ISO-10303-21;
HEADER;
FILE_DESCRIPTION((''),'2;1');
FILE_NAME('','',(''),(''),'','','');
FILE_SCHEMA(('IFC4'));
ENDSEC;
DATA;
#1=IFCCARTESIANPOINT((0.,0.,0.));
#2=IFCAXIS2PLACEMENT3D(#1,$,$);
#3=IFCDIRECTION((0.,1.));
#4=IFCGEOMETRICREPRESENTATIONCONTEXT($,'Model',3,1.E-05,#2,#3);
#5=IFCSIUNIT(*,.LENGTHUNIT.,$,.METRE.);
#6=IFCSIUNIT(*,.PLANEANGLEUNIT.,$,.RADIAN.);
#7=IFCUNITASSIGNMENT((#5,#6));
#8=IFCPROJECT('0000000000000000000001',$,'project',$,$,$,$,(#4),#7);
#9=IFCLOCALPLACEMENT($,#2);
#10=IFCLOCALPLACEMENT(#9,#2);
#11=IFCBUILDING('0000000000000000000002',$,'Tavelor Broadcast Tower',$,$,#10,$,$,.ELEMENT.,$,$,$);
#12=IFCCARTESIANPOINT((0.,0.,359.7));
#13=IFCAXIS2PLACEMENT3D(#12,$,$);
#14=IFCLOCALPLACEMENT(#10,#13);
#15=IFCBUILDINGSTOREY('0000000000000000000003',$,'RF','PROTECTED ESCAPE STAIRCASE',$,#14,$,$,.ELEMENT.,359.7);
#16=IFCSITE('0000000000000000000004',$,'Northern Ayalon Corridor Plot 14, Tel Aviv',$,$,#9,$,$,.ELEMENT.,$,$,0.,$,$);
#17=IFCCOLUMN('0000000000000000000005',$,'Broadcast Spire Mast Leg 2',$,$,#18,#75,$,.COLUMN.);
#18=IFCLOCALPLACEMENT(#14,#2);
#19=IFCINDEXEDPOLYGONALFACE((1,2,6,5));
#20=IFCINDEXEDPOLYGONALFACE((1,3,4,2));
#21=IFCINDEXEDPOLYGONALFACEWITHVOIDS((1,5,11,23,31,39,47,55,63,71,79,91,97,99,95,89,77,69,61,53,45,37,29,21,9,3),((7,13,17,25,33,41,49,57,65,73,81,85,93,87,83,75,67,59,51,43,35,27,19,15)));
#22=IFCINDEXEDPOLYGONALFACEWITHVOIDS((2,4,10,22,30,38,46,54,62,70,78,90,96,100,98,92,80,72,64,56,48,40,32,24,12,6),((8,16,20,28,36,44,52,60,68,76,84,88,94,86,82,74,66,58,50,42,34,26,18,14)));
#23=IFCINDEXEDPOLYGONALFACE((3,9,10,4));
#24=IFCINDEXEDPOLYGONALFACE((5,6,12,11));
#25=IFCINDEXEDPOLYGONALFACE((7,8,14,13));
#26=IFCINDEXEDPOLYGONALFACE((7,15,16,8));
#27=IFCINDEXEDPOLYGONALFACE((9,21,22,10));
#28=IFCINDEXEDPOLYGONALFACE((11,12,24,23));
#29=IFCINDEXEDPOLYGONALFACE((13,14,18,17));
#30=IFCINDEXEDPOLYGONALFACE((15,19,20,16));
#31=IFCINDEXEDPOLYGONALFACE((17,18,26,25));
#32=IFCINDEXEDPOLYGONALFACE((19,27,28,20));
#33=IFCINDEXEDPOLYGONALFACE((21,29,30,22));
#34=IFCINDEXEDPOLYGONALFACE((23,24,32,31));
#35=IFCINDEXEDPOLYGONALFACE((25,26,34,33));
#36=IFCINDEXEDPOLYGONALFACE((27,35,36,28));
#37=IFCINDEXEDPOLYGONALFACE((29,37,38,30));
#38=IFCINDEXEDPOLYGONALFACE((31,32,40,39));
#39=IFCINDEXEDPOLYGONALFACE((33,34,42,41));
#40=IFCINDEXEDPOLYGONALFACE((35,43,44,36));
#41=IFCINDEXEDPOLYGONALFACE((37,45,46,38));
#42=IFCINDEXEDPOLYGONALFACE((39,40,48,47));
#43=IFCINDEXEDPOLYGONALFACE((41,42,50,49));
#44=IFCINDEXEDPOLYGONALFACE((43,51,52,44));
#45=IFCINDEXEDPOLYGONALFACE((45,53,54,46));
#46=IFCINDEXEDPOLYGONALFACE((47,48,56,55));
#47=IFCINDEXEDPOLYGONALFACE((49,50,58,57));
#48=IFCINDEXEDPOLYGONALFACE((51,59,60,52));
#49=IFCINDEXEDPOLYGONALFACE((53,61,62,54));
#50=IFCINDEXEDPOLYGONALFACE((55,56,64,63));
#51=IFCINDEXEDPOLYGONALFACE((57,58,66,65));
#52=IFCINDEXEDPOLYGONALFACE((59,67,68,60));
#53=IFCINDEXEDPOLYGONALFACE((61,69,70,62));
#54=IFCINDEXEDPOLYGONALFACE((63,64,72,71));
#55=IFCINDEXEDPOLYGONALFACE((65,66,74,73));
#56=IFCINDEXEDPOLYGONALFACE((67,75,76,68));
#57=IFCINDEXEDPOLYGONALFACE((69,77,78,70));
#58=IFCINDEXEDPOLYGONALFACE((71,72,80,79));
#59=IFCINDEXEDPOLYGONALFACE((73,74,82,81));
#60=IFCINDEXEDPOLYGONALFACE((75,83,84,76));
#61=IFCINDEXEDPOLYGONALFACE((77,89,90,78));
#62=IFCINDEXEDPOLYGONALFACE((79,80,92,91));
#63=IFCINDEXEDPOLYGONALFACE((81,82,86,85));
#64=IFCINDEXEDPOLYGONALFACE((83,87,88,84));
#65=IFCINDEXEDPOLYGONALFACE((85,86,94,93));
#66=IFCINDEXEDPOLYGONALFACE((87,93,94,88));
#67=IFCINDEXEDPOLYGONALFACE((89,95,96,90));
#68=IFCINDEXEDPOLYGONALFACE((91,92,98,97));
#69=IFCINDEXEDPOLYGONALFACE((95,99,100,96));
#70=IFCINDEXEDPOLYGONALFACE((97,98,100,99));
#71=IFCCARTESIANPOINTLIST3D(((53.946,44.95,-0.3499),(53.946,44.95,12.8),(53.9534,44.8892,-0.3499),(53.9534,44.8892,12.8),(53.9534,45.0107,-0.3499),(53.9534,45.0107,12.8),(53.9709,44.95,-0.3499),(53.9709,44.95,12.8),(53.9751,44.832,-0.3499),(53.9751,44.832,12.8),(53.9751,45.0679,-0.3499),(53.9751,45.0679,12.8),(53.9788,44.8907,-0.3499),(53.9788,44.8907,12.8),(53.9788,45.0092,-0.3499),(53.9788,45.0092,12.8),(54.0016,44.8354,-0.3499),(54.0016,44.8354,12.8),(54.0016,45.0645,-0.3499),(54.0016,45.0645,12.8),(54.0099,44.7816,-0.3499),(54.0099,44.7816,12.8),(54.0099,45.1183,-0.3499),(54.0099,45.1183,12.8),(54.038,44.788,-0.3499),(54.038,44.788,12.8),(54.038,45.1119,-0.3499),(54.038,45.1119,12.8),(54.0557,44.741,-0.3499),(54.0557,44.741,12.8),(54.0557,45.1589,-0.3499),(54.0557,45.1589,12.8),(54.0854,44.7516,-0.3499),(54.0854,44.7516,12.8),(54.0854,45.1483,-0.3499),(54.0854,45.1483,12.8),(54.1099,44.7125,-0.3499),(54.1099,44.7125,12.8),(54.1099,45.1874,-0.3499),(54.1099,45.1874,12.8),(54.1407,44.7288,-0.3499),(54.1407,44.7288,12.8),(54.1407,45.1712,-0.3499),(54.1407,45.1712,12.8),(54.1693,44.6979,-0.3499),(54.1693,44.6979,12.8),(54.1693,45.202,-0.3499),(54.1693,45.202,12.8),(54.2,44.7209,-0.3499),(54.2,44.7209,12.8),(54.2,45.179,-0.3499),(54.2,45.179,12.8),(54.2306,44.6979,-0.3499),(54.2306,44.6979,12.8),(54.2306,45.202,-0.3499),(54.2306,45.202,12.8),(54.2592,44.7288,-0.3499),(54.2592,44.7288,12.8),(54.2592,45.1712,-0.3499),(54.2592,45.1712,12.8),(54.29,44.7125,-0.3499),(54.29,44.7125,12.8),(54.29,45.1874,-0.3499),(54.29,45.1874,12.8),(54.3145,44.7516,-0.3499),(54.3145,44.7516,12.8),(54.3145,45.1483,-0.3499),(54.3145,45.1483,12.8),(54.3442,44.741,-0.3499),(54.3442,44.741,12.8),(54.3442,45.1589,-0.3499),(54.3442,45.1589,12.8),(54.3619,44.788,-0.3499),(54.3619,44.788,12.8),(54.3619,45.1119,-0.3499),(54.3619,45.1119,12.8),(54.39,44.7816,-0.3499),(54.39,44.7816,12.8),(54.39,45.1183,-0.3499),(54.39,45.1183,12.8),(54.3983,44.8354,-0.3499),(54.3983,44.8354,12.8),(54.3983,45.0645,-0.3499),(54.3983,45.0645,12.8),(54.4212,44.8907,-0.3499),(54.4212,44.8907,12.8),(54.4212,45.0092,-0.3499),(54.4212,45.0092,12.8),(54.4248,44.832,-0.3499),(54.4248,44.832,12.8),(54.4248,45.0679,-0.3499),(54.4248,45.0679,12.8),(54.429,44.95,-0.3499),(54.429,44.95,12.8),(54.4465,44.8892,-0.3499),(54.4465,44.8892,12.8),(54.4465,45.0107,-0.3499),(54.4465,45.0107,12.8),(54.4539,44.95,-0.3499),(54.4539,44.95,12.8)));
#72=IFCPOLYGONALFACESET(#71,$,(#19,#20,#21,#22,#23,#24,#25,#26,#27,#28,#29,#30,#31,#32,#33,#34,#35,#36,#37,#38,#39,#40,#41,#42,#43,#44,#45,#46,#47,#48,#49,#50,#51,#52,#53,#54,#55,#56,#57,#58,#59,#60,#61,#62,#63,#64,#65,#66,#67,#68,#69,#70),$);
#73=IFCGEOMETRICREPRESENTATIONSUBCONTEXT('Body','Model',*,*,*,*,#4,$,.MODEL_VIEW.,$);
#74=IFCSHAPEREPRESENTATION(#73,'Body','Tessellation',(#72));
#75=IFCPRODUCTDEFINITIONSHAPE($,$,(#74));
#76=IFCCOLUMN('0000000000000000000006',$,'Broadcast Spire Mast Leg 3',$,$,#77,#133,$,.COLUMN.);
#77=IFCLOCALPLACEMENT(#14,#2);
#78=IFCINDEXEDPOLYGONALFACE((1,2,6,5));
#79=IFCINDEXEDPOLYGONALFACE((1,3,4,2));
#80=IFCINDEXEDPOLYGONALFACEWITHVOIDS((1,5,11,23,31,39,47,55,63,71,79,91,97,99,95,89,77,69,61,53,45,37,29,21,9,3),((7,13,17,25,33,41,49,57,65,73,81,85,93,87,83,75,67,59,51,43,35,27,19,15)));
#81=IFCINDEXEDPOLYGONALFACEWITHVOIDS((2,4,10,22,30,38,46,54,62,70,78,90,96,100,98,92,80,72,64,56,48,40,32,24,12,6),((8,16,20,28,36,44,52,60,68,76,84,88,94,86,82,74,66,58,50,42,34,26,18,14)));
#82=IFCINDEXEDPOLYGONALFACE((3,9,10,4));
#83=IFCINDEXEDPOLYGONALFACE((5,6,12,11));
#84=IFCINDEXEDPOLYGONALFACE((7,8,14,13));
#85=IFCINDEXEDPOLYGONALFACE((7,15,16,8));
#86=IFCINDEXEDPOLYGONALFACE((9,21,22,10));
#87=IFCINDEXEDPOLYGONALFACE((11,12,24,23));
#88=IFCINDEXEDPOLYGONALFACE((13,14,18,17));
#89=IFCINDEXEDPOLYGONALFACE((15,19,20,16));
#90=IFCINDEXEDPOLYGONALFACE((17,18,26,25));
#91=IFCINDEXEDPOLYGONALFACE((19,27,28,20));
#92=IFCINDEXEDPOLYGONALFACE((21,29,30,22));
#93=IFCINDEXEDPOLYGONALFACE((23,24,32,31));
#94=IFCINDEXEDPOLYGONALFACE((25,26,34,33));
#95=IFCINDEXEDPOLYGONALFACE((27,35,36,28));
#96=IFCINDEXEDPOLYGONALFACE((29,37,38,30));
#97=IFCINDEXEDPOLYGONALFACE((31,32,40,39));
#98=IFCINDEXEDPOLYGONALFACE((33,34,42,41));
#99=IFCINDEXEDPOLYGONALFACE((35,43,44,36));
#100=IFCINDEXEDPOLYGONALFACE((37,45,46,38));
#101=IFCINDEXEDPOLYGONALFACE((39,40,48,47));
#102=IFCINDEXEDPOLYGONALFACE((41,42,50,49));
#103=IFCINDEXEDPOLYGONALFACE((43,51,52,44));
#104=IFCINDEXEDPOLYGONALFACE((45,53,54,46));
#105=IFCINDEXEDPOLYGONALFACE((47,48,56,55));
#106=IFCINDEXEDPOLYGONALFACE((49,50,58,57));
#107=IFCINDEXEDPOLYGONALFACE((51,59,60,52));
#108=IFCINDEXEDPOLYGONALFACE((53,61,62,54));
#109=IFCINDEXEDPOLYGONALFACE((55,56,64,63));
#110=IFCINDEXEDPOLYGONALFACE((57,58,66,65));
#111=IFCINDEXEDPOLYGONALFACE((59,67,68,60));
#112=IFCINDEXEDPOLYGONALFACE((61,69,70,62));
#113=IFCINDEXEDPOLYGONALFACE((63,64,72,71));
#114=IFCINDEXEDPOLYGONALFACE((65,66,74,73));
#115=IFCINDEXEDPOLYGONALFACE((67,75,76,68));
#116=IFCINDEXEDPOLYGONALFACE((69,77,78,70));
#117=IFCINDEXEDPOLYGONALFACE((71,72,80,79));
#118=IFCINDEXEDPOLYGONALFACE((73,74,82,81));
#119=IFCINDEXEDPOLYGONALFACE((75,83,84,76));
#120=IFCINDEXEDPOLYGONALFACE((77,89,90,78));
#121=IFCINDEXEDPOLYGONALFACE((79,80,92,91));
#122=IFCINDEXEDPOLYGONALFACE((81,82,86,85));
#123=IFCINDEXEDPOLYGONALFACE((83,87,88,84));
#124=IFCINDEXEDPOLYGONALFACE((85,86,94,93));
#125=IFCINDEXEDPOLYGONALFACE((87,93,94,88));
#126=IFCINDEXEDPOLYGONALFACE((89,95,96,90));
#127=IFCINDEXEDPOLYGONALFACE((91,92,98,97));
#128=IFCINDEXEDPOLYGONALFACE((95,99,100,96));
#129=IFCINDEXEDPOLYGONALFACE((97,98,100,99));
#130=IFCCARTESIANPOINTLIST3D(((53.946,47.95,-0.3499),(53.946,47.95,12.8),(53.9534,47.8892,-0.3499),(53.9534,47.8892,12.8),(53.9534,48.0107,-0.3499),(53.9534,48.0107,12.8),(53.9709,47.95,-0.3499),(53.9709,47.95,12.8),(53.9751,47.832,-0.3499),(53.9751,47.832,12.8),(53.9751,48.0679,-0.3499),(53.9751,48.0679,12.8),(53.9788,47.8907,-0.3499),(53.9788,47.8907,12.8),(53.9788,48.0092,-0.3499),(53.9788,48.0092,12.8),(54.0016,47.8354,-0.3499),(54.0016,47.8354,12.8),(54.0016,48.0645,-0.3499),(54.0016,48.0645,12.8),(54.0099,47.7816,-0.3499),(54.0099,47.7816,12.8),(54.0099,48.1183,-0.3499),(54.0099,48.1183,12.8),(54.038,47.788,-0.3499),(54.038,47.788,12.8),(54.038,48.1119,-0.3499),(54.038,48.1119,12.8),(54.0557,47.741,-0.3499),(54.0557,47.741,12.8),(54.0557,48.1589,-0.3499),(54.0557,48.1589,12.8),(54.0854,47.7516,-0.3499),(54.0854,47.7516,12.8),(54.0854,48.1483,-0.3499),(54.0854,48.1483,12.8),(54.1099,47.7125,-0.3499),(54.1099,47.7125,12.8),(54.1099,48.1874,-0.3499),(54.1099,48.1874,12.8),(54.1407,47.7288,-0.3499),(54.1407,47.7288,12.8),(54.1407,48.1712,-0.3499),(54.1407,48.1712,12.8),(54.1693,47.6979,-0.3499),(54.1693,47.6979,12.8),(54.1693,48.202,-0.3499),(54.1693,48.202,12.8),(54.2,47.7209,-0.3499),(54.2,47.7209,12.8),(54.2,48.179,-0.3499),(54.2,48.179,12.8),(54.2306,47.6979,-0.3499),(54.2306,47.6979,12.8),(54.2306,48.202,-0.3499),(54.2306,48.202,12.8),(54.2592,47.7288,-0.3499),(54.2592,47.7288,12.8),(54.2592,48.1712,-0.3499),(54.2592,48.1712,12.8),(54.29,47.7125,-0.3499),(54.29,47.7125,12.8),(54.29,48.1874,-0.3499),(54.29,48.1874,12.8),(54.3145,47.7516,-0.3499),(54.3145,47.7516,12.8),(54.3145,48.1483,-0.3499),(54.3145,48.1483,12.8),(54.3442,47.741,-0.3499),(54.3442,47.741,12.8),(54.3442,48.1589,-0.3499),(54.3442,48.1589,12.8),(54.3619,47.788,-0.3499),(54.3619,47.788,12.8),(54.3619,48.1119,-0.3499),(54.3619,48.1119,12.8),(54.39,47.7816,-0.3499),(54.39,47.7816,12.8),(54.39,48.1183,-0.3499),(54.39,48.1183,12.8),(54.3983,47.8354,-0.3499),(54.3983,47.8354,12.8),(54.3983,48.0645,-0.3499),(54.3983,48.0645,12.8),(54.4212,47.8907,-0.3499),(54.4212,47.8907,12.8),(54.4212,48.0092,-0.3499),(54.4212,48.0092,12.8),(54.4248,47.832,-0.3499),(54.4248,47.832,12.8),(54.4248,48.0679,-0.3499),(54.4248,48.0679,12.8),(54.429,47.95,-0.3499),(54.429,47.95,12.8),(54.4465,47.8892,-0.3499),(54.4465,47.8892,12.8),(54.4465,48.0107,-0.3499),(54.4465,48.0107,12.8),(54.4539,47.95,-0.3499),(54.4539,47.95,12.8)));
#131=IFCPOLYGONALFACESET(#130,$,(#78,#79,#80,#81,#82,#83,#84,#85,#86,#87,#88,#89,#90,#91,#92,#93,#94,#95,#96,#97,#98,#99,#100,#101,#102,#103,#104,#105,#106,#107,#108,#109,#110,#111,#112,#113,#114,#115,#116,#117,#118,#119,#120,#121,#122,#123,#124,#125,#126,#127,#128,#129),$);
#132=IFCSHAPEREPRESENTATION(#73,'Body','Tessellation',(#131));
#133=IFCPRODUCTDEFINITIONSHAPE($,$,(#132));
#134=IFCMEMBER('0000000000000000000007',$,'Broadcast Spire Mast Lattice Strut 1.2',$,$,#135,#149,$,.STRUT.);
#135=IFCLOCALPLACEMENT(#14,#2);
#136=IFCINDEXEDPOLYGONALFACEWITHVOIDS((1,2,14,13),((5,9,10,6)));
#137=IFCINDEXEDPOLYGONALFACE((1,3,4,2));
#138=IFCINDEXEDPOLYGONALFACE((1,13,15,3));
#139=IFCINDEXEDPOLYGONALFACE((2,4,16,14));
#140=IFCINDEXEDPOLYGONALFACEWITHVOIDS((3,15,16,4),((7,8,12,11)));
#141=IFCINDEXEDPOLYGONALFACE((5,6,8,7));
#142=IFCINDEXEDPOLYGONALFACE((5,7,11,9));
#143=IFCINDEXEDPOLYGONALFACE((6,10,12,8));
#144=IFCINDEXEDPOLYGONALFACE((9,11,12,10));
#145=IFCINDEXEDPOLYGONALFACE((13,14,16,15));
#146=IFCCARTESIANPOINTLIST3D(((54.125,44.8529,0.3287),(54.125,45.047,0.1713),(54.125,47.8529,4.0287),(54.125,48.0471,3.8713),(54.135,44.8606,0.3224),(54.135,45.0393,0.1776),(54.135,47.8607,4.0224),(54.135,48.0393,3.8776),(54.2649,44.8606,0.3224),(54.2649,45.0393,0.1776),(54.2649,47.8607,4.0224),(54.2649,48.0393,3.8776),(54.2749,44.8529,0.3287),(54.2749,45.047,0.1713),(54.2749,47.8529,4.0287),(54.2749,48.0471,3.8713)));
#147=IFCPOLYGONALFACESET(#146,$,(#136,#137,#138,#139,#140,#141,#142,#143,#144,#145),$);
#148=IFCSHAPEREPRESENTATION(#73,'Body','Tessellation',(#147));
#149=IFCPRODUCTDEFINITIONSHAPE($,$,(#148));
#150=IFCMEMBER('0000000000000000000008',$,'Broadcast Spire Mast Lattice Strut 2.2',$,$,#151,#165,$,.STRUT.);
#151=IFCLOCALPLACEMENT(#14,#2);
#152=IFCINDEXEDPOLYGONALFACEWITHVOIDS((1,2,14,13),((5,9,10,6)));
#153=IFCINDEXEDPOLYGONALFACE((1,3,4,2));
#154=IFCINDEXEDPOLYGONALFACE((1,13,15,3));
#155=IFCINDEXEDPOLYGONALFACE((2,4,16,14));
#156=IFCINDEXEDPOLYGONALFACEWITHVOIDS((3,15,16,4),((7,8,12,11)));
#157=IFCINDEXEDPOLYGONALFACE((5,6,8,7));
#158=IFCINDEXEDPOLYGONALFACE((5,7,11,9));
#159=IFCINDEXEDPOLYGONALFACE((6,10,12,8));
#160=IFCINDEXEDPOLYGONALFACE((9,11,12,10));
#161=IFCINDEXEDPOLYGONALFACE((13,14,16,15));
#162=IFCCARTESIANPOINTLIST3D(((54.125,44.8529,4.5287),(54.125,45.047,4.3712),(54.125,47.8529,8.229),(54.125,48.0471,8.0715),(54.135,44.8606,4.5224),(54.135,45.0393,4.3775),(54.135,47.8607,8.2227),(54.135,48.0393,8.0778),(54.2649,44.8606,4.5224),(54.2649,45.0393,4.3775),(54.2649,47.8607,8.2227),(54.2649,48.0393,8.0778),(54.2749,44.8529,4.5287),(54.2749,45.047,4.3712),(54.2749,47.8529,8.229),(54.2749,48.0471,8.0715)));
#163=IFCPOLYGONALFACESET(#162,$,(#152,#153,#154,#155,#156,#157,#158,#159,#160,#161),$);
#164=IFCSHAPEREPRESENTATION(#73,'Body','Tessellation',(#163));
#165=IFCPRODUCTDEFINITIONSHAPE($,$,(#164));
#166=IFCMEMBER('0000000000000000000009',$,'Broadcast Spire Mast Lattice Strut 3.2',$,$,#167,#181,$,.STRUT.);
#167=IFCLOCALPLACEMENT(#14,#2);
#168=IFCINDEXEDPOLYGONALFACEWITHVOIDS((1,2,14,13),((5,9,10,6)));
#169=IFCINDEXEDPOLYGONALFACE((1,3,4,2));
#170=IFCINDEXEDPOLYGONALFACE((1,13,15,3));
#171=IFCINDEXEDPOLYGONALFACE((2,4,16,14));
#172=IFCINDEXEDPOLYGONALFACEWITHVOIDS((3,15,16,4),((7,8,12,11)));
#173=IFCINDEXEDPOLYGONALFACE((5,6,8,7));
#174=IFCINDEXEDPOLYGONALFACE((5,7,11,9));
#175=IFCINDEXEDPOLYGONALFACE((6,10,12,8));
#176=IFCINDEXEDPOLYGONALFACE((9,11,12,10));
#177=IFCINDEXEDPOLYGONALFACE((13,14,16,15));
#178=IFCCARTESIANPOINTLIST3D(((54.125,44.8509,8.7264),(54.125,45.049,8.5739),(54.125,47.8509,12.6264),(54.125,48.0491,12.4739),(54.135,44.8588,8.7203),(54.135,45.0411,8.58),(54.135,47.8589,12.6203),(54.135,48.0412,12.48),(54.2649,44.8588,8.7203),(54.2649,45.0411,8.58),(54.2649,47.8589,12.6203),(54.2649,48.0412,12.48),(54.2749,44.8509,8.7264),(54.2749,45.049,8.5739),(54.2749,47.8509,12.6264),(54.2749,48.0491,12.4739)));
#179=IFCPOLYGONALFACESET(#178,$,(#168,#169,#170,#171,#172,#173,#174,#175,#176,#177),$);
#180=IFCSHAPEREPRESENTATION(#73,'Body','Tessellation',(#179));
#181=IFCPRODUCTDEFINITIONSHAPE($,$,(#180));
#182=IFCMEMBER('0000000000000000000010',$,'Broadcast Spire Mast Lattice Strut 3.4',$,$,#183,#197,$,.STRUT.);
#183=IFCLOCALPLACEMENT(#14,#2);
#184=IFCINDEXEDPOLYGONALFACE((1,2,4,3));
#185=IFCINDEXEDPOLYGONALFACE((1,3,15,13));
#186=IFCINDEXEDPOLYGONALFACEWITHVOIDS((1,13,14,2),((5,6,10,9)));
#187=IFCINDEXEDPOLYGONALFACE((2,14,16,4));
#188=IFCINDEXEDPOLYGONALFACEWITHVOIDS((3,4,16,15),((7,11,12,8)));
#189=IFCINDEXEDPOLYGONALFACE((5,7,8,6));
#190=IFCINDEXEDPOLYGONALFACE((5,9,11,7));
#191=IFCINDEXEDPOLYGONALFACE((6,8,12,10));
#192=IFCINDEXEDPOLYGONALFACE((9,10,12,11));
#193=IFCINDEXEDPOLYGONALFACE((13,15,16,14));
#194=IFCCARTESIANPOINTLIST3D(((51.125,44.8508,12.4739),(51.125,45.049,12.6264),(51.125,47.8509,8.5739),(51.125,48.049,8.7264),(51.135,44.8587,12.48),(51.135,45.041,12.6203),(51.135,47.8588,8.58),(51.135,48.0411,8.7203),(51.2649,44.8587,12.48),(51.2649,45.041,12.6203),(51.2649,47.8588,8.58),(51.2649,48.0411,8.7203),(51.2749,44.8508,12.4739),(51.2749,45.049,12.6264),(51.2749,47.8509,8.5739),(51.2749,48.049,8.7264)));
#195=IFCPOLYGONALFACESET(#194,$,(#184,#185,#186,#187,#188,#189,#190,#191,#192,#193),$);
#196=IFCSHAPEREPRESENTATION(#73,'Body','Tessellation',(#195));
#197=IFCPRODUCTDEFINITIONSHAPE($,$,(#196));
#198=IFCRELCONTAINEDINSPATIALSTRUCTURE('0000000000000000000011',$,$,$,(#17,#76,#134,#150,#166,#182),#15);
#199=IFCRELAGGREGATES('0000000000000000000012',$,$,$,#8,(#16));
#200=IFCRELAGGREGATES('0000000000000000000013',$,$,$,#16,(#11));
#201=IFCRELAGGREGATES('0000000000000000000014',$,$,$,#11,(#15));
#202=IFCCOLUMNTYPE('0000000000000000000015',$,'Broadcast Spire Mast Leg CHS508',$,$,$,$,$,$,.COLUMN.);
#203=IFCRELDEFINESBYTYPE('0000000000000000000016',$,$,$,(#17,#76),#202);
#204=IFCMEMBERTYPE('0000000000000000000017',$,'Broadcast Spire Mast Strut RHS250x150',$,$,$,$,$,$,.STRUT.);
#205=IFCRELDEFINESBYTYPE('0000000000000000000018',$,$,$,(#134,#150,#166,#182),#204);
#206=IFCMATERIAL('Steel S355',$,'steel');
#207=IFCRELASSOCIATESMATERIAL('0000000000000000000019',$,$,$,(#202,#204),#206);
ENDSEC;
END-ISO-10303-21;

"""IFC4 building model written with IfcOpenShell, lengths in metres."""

from ifc_helpers import new_model, si_unit, direction, frame, origin, origin_2d, place, context, subcontext, project, spatial, hollow_rectangle, hollow_circle, extrude, material, material_profile, profile_set, type_object, element, save


model = new_model("IFC4")

# Units and contexts
model_context = context("Model", 3, precision=1e-05, world=origin(), true_north=direction((0.0, 1.0)))
body_context = subcontext(model_context, "Body", "Model", "MODEL_VIEW")
ifc_project = project(units=[si_unit("LENGTHUNIT", "METRE"), si_unit("PLANEANGLEUNIT", "RADIAN")], contexts=[model_context])

# Site, building, storey
site_placement = place(None, origin())
site = spatial("IfcSite", under=ifc_project, at=site_placement, Name="Northern Ayalon Corridor Plot 14, Tel Aviv", CompositionType="ELEMENT", RefElevation=0.0)
building_placement = place(site_placement, origin())
building = spatial("IfcBuilding", under=site, at=building_placement, Name="Tavelor Broadcast Tower", CompositionType="ELEMENT")
storey_placement = place(building_placement, frame((0.0, 0.0, 359.7)))
storey = spatial("IfcBuildingStorey", under=building, at=storey_placement, Name="RF", Description="PROTECTED ESCAPE STAIRCASE", CompositionType="ELEMENT", Elevation=359.7)

# Columns
ifc_material_1 = material(Name="Steel S355", Category="steel")
ifc_material_profile_1 = material_profile(ifc_material_1, hollow_circle(Radius=0.2539, WallThickness=0.0249, at=origin_2d()), Name="CHS 508x25")
ifc_profile_set_1 = profile_set([ifc_material_profile_1], Name="Steel S355")
column_type = type_object("IfcColumnType", Name="Broadcast Spire Mast Leg CHS508", PredefinedType="COLUMN", material=ifc_profile_set_1)
for number, where, z_axis, x_axis, name in (
    (1, (54.2, 44.95, -0.3499), (0.0, 0.0, 1.0), (1.0, 0.0, 0.0), "Broadcast Spire Mast Leg 2"),
    (2, (54.2, 47.95, -0.3499), (0.0, 0.0, 1.0), (1.0, 0.0, 0.0), "Broadcast Spire Mast Leg 3"),
):
    element("IfcColumn", number, at=place(storey_placement, frame(where, z_axis=z_axis, x_axis=x_axis)), inside=storey, type_object=column_type, Name=name, PredefinedType="COLUMN", context=body_context, shape_type="SweptSolid", body=[
        extrude(hollow_circle(Radius=0.2539, WallThickness=0.0249, at=origin_2d()), origin(), (0.0, 0.0, 1.0), 13.1499),
    ])

# Members
ifc_material_profile_2 = material_profile(ifc_material_1, hollow_rectangle(XDim=0.1499, YDim=0.25, WallThickness=0.01, at=origin_2d()), Name="RHS 250x150x10")
ifc_profile_set_2 = profile_set([ifc_material_profile_2], Name="Steel S355")
member_type = type_object("IfcMemberType", Name="Broadcast Spire Mast Strut RHS250x150", PredefinedType="STRUT", material=ifc_profile_set_2)
member_1_placement = place(storey_placement, frame((54.2, 44.95, 0.25), z_axis=(0.0, 0.629807, 0.776752), x_axis=(-1.0, 0.0, 0.0)))
element("IfcMember", 3, at=member_1_placement, inside=storey, type_object=member_type, Name="Broadcast Spire Mast Lattice Strut 1.2", PredefinedType="STRUT", context=body_context, shape_type="SweptSolid", body=[
    extrude(hollow_rectangle(XDim=0.1499, YDim=0.25, WallThickness=0.01, at=origin_2d()), origin(), (0.0, 0.0, 1.0), 4.7634),
])
member_2_placement = place(storey_placement, frame((54.2, 44.95, 4.45), z_axis=(0.0, 0.629782, 0.776772), x_axis=(-1.0, 0.0, 0.0)))
element("IfcMember", 4, at=member_2_placement, inside=storey, type_object=member_type, Name="Broadcast Spire Mast Lattice Strut 2.2", PredefinedType="STRUT", context=body_context, shape_type="SweptSolid", body=[
    extrude(hollow_rectangle(XDim=0.1499, YDim=0.25, WallThickness=0.01, at=origin_2d()), origin(), (0.0, 0.0, 1.0), 4.7637),
])
for number, where, z_axis, x_axis, name in (
    (5, (54.2, 44.95, 8.6501), (0.0, 0.60972, 0.792617), (-1.0, 0.0, 0.0), "Broadcast Spire Mast Lattice Strut 3.2"),
    (6, (51.2, 47.95, 8.6501), (0.0, -0.60972, 0.792617), (1.0, 0.0, 0.0), "Broadcast Spire Mast Lattice Strut 3.4"),
):
    element("IfcMember", number, at=place(storey_placement, frame(where, z_axis=z_axis, x_axis=x_axis)), inside=storey, type_object=member_type, Name=name, PredefinedType="STRUT", context=body_context, shape_type="SweptSolid", body=[
        extrude(hollow_rectangle(XDim=0.1499, YDim=0.25, WallThickness=0.01, at=origin_2d()), origin(), (0.0, 0.0, 1.0), 4.9204),
    ])

save(model, "model.ifc")
